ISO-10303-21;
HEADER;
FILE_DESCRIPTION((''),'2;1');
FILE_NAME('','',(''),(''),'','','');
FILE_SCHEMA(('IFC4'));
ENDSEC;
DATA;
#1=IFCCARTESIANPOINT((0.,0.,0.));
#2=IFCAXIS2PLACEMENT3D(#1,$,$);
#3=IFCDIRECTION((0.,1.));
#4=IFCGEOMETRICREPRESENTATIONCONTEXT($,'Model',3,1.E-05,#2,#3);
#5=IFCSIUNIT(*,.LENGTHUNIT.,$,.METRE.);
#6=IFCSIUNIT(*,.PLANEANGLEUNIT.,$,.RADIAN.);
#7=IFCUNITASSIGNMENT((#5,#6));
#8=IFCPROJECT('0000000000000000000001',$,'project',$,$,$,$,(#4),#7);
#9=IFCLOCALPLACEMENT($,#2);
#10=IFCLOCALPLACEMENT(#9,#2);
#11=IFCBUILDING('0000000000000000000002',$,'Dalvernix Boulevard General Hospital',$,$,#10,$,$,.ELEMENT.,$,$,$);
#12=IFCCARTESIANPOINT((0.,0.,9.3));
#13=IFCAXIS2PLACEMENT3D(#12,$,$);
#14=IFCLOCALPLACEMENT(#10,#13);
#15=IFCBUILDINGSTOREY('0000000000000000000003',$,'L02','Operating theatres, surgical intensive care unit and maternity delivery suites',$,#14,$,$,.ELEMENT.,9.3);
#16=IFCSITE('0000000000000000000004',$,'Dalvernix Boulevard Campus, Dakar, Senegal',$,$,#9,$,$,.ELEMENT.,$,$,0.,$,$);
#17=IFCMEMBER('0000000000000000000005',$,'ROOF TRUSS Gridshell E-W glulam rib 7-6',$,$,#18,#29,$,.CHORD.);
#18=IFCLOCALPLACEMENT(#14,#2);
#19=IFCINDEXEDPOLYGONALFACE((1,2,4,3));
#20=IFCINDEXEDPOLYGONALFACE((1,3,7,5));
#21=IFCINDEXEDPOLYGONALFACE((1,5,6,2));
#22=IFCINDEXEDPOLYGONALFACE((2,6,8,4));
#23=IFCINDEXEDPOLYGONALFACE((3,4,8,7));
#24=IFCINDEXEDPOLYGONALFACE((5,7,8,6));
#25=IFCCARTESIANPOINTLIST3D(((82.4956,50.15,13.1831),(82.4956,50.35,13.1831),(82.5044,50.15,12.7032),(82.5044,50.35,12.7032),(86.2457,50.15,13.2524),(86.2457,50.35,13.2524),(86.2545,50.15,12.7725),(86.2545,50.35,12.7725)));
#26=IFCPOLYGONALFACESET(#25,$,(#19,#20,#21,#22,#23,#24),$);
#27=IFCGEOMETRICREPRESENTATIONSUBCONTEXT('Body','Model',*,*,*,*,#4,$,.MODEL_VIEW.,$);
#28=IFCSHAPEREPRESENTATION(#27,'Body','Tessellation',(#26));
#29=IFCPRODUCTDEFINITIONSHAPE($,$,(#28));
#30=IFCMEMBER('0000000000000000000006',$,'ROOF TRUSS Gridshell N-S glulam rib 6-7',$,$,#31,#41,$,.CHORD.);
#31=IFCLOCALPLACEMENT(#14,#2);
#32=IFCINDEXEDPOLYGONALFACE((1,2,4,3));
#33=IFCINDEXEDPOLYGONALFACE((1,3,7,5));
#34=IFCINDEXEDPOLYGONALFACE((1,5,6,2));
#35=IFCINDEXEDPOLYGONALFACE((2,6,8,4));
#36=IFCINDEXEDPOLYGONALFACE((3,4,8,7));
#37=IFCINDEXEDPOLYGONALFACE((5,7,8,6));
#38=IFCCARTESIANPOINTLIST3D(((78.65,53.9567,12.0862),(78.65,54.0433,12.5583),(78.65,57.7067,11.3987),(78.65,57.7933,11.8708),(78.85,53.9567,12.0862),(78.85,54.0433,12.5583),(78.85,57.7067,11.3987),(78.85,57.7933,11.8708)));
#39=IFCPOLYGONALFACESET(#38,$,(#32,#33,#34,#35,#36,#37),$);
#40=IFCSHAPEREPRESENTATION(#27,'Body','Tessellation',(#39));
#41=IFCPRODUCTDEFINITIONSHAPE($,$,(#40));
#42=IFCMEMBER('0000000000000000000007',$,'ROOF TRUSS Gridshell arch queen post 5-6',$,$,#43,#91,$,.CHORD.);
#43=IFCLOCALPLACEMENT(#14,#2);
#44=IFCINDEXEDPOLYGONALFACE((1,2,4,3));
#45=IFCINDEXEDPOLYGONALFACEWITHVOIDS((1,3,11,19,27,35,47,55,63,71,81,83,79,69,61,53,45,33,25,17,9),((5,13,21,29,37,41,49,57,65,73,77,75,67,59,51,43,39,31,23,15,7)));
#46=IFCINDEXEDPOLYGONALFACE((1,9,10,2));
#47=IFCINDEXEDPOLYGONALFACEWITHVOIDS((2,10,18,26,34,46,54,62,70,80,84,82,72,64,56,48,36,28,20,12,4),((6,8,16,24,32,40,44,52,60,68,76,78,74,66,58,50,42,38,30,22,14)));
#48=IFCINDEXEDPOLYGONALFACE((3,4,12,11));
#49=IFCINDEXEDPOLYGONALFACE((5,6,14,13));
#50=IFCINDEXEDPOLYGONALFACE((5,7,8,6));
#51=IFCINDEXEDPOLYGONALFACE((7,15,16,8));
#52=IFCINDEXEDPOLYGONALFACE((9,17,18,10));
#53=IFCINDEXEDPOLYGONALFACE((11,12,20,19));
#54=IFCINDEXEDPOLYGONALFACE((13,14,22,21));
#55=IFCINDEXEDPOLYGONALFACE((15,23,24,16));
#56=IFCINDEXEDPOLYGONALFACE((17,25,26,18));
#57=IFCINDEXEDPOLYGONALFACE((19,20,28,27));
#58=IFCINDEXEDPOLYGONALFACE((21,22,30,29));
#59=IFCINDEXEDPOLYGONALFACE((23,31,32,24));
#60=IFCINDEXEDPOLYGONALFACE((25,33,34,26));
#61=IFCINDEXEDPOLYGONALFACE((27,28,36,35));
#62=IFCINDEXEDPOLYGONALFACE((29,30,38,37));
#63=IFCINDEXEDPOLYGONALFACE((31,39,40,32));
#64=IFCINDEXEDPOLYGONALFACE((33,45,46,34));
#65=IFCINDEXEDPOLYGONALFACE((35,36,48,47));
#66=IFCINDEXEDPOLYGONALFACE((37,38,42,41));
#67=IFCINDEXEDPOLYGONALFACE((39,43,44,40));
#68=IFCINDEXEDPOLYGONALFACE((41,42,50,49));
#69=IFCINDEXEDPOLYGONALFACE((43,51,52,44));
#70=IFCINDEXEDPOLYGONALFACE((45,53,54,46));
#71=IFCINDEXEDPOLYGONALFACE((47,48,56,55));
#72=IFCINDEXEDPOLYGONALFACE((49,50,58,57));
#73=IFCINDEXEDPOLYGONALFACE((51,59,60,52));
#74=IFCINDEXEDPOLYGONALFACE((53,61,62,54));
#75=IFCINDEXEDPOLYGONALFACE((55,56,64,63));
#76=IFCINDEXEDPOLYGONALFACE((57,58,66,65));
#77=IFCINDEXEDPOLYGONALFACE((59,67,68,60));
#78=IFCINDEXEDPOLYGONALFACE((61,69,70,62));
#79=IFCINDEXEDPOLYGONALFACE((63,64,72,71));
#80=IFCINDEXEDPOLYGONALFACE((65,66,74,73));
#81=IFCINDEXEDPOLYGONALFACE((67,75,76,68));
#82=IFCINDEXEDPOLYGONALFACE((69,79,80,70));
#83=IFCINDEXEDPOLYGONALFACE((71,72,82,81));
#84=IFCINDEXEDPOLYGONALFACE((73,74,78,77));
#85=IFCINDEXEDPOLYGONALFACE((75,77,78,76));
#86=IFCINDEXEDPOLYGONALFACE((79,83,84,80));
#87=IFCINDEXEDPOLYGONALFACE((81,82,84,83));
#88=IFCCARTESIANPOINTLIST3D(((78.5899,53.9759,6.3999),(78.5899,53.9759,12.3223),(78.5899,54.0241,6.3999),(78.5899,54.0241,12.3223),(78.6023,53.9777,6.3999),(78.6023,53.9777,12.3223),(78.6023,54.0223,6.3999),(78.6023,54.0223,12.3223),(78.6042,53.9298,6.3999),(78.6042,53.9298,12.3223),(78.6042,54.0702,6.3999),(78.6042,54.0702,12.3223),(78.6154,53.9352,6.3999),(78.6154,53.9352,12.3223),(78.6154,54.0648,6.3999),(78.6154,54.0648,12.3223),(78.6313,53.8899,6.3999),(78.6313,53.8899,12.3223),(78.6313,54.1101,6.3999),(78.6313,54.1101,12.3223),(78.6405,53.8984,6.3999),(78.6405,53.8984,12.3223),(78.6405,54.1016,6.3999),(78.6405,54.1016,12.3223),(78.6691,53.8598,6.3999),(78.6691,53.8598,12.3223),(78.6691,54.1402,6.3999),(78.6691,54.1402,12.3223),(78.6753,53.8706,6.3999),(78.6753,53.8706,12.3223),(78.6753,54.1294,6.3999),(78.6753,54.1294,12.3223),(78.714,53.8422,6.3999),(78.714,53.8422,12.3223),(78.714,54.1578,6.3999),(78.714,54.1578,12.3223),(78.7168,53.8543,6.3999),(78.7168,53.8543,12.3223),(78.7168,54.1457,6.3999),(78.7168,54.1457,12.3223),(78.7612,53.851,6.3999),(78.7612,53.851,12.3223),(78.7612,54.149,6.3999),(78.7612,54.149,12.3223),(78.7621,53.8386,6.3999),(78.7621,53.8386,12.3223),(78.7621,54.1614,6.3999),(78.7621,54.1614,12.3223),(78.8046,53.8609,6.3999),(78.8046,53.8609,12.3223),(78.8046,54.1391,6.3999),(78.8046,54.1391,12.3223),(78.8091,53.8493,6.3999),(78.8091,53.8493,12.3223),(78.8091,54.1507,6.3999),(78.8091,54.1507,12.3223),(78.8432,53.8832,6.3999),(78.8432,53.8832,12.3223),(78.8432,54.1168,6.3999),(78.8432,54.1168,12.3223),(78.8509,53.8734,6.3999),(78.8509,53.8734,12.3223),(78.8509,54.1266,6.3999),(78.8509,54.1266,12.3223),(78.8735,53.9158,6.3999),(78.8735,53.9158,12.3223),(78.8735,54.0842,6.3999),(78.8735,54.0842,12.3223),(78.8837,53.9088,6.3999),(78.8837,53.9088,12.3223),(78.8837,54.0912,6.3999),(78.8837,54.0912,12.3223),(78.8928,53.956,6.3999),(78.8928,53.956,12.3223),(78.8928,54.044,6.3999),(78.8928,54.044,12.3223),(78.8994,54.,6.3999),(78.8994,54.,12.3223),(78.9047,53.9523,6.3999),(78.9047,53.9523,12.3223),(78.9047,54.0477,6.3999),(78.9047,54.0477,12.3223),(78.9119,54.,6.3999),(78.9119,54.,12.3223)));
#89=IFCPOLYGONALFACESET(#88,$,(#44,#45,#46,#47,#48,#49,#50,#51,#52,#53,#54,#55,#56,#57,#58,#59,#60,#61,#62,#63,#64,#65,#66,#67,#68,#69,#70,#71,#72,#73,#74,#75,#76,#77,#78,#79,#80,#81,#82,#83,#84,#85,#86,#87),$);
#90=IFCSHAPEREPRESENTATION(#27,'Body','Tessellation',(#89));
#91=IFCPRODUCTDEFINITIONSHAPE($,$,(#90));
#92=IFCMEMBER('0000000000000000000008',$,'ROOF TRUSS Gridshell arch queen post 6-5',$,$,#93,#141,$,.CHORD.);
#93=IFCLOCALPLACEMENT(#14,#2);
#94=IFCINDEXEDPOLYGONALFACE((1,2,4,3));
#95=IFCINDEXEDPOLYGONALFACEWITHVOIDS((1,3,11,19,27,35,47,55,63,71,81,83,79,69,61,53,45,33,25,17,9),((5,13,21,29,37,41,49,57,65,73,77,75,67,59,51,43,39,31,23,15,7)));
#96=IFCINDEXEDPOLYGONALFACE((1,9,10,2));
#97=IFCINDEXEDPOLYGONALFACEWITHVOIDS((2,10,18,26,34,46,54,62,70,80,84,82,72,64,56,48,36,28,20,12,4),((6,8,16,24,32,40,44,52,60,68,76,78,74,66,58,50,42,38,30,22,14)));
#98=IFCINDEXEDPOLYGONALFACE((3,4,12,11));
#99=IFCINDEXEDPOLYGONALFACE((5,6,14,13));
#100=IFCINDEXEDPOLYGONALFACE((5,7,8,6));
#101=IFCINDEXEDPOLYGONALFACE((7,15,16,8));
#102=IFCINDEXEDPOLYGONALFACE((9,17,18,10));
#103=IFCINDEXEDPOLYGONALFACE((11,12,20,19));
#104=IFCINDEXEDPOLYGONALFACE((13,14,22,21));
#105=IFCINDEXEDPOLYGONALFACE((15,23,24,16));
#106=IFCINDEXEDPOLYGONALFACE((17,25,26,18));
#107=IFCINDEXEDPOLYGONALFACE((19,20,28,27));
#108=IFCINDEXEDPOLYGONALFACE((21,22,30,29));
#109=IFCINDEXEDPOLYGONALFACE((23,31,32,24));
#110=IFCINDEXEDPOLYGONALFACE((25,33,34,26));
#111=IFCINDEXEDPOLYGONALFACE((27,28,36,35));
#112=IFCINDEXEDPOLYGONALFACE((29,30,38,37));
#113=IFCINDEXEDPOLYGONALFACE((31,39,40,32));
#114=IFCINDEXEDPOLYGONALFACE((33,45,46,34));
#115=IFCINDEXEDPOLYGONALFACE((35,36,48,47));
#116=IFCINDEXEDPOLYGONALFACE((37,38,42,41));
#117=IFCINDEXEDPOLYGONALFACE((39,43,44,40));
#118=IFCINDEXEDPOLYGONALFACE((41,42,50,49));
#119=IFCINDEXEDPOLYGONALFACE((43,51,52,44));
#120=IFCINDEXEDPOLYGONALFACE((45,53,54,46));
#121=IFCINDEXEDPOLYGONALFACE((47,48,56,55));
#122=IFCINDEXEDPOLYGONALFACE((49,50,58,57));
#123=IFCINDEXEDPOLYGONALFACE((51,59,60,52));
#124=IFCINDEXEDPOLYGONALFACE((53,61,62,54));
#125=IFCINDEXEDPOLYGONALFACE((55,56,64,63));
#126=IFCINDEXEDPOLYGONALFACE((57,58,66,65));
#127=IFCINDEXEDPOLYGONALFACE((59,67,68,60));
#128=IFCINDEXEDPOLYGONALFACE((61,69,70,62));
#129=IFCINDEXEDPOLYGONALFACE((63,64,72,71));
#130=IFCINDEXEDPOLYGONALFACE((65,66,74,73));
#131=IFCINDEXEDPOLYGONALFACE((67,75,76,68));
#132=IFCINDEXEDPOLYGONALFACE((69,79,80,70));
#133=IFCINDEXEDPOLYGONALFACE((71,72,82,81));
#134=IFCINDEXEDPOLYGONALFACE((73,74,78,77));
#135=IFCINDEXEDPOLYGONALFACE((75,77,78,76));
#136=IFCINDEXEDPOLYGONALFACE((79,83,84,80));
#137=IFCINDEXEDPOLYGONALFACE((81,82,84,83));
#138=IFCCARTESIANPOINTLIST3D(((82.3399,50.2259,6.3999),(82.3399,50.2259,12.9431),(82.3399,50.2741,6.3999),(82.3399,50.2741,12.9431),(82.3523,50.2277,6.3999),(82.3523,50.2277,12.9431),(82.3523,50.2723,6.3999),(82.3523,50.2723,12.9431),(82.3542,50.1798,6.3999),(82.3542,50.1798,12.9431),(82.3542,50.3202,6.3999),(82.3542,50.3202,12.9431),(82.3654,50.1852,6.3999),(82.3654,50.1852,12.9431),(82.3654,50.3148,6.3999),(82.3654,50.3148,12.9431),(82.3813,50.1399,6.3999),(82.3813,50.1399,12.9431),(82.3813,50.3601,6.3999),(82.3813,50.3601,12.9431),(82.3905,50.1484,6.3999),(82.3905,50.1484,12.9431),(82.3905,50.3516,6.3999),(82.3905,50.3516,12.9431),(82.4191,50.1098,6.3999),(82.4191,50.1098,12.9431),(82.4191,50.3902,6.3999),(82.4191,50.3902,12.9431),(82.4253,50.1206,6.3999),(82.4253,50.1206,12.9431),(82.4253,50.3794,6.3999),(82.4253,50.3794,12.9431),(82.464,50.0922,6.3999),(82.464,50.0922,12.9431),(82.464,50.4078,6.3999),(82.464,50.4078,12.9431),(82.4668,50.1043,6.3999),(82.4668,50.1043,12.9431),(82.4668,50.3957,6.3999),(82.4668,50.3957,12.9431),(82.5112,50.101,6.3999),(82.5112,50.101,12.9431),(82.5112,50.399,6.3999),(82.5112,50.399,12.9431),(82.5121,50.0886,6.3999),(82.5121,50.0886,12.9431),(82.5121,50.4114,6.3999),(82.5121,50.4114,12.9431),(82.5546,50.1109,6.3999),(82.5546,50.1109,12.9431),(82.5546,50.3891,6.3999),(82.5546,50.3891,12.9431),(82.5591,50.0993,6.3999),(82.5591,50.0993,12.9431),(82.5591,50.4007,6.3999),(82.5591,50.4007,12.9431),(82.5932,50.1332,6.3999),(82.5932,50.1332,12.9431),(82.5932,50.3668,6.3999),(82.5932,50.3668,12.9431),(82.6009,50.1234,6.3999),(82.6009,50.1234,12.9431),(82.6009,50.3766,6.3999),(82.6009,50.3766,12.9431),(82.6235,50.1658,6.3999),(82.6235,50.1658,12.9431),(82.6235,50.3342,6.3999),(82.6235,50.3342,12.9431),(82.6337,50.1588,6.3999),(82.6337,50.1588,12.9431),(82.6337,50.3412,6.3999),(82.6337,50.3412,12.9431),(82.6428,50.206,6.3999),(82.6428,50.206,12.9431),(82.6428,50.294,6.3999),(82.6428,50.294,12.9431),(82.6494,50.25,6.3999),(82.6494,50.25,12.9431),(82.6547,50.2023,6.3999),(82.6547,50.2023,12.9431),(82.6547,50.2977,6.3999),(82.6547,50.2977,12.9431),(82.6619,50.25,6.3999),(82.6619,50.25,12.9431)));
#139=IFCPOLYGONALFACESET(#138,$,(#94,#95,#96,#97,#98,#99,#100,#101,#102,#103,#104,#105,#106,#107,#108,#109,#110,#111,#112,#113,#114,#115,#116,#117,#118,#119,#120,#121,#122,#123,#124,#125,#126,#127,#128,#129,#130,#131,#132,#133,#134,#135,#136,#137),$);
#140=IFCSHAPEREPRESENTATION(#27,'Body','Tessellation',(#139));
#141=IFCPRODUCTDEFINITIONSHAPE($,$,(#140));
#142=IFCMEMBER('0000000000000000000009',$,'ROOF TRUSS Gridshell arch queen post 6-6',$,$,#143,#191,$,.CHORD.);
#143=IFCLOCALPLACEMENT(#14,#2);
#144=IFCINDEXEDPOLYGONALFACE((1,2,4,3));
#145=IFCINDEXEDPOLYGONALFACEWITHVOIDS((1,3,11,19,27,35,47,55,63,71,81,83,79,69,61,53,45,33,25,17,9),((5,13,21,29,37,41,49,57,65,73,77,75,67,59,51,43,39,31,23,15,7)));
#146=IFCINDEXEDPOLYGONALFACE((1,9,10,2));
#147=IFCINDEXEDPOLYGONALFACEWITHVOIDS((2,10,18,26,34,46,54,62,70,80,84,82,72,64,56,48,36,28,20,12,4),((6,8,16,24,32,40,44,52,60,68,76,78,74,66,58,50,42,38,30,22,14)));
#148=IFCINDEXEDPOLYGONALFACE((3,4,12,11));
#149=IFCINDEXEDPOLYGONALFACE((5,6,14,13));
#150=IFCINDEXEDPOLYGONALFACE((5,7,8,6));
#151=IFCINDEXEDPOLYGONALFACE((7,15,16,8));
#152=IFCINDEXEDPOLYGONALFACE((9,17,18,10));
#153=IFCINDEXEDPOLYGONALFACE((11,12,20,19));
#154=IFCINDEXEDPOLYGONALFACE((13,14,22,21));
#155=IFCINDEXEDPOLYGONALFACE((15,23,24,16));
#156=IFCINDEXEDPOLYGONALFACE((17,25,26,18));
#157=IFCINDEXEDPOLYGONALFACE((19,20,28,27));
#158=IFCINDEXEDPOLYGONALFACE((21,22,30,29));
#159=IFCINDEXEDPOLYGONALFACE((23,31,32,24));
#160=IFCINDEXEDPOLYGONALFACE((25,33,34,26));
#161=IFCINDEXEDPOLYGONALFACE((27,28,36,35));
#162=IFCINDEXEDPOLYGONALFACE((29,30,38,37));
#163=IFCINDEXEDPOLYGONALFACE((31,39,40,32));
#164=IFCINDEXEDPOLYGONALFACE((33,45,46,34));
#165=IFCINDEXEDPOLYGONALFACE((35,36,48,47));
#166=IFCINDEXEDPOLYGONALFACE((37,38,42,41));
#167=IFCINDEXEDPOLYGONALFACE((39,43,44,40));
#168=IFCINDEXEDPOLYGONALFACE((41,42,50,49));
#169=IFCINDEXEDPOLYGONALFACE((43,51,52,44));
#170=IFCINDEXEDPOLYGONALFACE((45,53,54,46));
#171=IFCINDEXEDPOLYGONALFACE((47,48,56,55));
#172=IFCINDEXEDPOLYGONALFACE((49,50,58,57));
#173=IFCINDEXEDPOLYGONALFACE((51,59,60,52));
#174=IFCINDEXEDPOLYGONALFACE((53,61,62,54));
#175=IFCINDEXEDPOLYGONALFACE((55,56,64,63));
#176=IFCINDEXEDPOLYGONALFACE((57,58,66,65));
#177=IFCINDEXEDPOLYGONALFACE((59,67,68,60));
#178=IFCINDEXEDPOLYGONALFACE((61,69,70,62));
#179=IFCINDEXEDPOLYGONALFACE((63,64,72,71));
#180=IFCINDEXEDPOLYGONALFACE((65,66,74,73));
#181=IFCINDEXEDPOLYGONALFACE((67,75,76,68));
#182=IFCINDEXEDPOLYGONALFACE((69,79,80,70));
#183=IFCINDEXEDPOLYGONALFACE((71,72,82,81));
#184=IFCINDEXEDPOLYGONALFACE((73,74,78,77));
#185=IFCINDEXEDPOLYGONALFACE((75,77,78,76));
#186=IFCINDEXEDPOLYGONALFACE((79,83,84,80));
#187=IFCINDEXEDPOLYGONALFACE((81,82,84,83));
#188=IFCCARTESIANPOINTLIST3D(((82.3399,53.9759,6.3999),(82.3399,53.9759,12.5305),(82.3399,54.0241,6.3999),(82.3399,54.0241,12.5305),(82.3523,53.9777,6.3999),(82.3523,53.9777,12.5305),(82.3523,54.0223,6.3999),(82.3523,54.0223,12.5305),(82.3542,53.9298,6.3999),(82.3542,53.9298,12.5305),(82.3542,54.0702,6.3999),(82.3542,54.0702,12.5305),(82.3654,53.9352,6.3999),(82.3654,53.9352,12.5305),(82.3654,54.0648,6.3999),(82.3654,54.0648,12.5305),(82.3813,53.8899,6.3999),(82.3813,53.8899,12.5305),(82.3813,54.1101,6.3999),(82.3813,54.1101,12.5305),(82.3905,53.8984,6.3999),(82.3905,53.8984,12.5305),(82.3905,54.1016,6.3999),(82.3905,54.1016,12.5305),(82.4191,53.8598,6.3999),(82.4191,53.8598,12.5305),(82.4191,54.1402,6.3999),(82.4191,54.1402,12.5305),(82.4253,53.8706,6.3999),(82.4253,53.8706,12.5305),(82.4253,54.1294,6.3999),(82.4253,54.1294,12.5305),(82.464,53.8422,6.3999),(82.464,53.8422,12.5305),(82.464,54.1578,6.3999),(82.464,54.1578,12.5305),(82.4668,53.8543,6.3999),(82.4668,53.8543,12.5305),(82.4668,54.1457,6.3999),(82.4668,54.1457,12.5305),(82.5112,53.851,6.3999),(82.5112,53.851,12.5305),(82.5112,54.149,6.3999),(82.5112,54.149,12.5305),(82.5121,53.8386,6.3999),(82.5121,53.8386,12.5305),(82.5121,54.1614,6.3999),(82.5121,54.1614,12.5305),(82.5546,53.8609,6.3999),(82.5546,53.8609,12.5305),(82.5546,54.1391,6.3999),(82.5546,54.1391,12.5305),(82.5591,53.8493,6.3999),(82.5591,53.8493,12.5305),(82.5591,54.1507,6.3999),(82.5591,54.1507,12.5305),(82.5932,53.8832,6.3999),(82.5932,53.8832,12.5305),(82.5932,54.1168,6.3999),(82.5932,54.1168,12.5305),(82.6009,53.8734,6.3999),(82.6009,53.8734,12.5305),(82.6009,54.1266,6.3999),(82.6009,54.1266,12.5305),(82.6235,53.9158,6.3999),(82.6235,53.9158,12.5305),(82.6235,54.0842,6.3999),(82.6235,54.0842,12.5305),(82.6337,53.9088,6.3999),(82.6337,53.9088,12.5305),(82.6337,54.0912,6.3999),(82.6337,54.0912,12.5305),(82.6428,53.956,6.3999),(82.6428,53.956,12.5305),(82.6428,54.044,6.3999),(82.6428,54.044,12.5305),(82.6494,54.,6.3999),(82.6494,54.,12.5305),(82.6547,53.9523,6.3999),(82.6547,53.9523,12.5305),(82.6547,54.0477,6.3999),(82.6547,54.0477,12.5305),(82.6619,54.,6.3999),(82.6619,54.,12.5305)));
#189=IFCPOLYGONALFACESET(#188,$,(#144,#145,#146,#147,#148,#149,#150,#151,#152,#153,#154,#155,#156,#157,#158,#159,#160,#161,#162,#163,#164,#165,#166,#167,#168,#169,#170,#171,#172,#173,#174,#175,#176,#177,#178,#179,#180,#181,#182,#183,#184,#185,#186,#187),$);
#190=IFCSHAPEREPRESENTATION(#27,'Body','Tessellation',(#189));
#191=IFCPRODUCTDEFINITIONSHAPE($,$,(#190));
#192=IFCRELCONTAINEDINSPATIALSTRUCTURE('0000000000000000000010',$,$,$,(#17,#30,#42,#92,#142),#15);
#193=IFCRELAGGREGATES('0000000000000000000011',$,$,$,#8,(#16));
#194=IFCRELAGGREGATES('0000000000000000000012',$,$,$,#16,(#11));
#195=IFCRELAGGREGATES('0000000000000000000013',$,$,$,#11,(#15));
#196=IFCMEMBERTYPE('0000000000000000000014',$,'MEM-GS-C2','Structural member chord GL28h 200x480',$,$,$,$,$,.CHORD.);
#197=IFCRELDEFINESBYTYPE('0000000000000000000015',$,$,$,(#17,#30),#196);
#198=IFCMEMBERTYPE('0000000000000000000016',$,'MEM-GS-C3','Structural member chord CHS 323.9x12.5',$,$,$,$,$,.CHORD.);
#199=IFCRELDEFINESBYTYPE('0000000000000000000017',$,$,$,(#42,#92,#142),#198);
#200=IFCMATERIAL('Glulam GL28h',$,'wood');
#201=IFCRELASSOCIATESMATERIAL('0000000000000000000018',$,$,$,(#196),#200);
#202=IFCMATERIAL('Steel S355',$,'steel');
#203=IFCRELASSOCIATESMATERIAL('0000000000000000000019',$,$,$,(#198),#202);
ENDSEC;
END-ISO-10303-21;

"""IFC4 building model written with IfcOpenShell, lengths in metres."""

from ifc_helpers import new_model, si_unit, direction, frame, origin, origin_2d, place, context, subcontext, project, spatial, rectangle, hollow_circle, extrude, material, material_profile, profile_set, type_object, element, save


model = new_model("IFC4")

# Units and contexts
model_context = context("Model", 3, precision=1e-05, world=origin(), true_north=direction((0.0, 1.0)))
body_context = subcontext(model_context, "Body", "Model", "MODEL_VIEW")
ifc_project = project(units=[si_unit("LENGTHUNIT", "METRE"), si_unit("PLANEANGLEUNIT", "RADIAN")], contexts=[model_context])

# Site, building, storey
site_placement = place(None, origin())
site = spatial("IfcSite", under=ifc_project, at=site_placement, Name="Dalvernix Boulevard Campus, Dakar, Senegal", CompositionType="ELEMENT", RefElevation=0.0)
building_placement = place(site_placement, origin())
building = spatial("IfcBuilding", under=site, at=building_placement, Name="Dalvernix Boulevard General Hospital", CompositionType="ELEMENT")
storey_placement = place(building_placement, frame((0.0, 0.0, 9.3)))
storey = spatial("IfcBuildingStorey", under=building, at=storey_placement, Name="L02", Description="Operating theatres, surgical intensive care unit and maternity delivery suites", CompositionType="ELEMENT", Elevation=9.3)

# Shared definitions
ifc_material_1 = material(Name="Steel S355", Category="steel")

# Members
ifc_material_2 = material(Name="Glulam GL28h", Category="wood")
ifc_material_profile_1 = material_profile(ifc_material_2, rectangle(XDim=0.2, YDim=0.48, at=origin_2d()), Name="GL28h 200x480")
ifc_profile_set_1 = profile_set([ifc_material_profile_1], Name="Glulam GL28h")
member_type_1 = type_object("IfcMemberType", Name="MEM-GS-C2", Description="Structural member chord GL28h 200x480", PredefinedType="CHORD", material=ifc_profile_set_1)
member_1_placement = place(storey_placement, frame((82.5, 50.25, 12.9431), z_axis=(0.999829, 0.0, 0.018486), x_axis=(0.0, 1.0, 0.0)))
element("IfcMember", 1, at=member_1_placement, inside=storey, type_object=member_type_1, Name="ROOF TRUSS Gridshell E-W glulam rib 7-6", PredefinedType="CHORD", context=body_context, shape_type="SweptSolid", body=[
    extrude(rectangle(XDim=0.2, YDim=0.48, at=origin_2d()), origin(), (0.0, 0.0, 1.0), 3.7507),
])
member_2_placement = place(storey_placement, frame((78.75, 54.0, 12.3223), z_axis=(0.0, 0.983607, -0.180328), x_axis=(-1.0, 0.0, 0.0)))
element("IfcMember", 2, at=member_2_placement, inside=storey, type_object=member_type_1, Name="ROOF TRUSS Gridshell N-S glulam rib 6-7", PredefinedType="CHORD", context=body_context, shape_type="SweptSolid", body=[
    extrude(rectangle(XDim=0.2, YDim=0.48, at=origin_2d()), origin(), (0.0, 0.0, 1.0), 3.8125),
])
ifc_material_profile_2 = material_profile(ifc_material_1, hollow_circle(Radius=0.1619, WallThickness=0.0125, at=origin_2d()), Name="CHS 323.9x12.5")
ifc_profile_set_2 = profile_set([ifc_material_profile_2], Name="Steel S355")
member_type_2 = type_object("IfcMemberType", Name="MEM-GS-C3", Description="Structural member chord CHS 323.9x12.5", PredefinedType="CHORD", material=ifc_profile_set_2)
member_3_placement = place(storey_placement, frame((78.75, 54.0, 6.3999), z_axis=(0.0, 0.0, 1.0), x_axis=(1.0, 0.0, 0.0)))
element("IfcMember", 3, at=member_3_placement, inside=storey, type_object=member_type_2, Name="ROOF TRUSS Gridshell arch queen post 5-6", PredefinedType="CHORD", context=body_context, shape_type="SweptSolid", body=[
    extrude(hollow_circle(Radius=0.1619, WallThickness=0.0125, at=origin_2d()), origin(), (0.0, 0.0, 1.0), 5.9224),
])
member_4_placement = place(storey_placement, frame((82.5, 50.25, 6.3999), z_axis=(0.0, 0.0, 1.0), x_axis=(1.0, 0.0, 0.0)))
element("IfcMember", 4, at=member_4_placement, inside=storey, type_object=member_type_2, Name="ROOF TRUSS Gridshell arch queen post 6-5", PredefinedType="CHORD", context=body_context, shape_type="SweptSolid", body=[
    extrude(hollow_circle(Radius=0.1619, WallThickness=0.0125, at=origin_2d()), origin(), (0.0, 0.0, 1.0), 6.5432),
])
member_5_placement = place(storey_placement, frame((82.5, 54.0, 6.3999), z_axis=(0.0, 0.0, 1.0), x_axis=(1.0, 0.0, 0.0)))
element("IfcMember", 5, at=member_5_placement, inside=storey, type_object=member_type_2, Name="ROOF TRUSS Gridshell arch queen post 6-6", PredefinedType="CHORD", context=body_context, shape_type="SweptSolid", body=[
    extrude(hollow_circle(Radius=0.1619, WallThickness=0.0125, at=origin_2d()), origin(), (0.0, 0.0, 1.0), 6.1306),
])

save(model, "model.ifc")
